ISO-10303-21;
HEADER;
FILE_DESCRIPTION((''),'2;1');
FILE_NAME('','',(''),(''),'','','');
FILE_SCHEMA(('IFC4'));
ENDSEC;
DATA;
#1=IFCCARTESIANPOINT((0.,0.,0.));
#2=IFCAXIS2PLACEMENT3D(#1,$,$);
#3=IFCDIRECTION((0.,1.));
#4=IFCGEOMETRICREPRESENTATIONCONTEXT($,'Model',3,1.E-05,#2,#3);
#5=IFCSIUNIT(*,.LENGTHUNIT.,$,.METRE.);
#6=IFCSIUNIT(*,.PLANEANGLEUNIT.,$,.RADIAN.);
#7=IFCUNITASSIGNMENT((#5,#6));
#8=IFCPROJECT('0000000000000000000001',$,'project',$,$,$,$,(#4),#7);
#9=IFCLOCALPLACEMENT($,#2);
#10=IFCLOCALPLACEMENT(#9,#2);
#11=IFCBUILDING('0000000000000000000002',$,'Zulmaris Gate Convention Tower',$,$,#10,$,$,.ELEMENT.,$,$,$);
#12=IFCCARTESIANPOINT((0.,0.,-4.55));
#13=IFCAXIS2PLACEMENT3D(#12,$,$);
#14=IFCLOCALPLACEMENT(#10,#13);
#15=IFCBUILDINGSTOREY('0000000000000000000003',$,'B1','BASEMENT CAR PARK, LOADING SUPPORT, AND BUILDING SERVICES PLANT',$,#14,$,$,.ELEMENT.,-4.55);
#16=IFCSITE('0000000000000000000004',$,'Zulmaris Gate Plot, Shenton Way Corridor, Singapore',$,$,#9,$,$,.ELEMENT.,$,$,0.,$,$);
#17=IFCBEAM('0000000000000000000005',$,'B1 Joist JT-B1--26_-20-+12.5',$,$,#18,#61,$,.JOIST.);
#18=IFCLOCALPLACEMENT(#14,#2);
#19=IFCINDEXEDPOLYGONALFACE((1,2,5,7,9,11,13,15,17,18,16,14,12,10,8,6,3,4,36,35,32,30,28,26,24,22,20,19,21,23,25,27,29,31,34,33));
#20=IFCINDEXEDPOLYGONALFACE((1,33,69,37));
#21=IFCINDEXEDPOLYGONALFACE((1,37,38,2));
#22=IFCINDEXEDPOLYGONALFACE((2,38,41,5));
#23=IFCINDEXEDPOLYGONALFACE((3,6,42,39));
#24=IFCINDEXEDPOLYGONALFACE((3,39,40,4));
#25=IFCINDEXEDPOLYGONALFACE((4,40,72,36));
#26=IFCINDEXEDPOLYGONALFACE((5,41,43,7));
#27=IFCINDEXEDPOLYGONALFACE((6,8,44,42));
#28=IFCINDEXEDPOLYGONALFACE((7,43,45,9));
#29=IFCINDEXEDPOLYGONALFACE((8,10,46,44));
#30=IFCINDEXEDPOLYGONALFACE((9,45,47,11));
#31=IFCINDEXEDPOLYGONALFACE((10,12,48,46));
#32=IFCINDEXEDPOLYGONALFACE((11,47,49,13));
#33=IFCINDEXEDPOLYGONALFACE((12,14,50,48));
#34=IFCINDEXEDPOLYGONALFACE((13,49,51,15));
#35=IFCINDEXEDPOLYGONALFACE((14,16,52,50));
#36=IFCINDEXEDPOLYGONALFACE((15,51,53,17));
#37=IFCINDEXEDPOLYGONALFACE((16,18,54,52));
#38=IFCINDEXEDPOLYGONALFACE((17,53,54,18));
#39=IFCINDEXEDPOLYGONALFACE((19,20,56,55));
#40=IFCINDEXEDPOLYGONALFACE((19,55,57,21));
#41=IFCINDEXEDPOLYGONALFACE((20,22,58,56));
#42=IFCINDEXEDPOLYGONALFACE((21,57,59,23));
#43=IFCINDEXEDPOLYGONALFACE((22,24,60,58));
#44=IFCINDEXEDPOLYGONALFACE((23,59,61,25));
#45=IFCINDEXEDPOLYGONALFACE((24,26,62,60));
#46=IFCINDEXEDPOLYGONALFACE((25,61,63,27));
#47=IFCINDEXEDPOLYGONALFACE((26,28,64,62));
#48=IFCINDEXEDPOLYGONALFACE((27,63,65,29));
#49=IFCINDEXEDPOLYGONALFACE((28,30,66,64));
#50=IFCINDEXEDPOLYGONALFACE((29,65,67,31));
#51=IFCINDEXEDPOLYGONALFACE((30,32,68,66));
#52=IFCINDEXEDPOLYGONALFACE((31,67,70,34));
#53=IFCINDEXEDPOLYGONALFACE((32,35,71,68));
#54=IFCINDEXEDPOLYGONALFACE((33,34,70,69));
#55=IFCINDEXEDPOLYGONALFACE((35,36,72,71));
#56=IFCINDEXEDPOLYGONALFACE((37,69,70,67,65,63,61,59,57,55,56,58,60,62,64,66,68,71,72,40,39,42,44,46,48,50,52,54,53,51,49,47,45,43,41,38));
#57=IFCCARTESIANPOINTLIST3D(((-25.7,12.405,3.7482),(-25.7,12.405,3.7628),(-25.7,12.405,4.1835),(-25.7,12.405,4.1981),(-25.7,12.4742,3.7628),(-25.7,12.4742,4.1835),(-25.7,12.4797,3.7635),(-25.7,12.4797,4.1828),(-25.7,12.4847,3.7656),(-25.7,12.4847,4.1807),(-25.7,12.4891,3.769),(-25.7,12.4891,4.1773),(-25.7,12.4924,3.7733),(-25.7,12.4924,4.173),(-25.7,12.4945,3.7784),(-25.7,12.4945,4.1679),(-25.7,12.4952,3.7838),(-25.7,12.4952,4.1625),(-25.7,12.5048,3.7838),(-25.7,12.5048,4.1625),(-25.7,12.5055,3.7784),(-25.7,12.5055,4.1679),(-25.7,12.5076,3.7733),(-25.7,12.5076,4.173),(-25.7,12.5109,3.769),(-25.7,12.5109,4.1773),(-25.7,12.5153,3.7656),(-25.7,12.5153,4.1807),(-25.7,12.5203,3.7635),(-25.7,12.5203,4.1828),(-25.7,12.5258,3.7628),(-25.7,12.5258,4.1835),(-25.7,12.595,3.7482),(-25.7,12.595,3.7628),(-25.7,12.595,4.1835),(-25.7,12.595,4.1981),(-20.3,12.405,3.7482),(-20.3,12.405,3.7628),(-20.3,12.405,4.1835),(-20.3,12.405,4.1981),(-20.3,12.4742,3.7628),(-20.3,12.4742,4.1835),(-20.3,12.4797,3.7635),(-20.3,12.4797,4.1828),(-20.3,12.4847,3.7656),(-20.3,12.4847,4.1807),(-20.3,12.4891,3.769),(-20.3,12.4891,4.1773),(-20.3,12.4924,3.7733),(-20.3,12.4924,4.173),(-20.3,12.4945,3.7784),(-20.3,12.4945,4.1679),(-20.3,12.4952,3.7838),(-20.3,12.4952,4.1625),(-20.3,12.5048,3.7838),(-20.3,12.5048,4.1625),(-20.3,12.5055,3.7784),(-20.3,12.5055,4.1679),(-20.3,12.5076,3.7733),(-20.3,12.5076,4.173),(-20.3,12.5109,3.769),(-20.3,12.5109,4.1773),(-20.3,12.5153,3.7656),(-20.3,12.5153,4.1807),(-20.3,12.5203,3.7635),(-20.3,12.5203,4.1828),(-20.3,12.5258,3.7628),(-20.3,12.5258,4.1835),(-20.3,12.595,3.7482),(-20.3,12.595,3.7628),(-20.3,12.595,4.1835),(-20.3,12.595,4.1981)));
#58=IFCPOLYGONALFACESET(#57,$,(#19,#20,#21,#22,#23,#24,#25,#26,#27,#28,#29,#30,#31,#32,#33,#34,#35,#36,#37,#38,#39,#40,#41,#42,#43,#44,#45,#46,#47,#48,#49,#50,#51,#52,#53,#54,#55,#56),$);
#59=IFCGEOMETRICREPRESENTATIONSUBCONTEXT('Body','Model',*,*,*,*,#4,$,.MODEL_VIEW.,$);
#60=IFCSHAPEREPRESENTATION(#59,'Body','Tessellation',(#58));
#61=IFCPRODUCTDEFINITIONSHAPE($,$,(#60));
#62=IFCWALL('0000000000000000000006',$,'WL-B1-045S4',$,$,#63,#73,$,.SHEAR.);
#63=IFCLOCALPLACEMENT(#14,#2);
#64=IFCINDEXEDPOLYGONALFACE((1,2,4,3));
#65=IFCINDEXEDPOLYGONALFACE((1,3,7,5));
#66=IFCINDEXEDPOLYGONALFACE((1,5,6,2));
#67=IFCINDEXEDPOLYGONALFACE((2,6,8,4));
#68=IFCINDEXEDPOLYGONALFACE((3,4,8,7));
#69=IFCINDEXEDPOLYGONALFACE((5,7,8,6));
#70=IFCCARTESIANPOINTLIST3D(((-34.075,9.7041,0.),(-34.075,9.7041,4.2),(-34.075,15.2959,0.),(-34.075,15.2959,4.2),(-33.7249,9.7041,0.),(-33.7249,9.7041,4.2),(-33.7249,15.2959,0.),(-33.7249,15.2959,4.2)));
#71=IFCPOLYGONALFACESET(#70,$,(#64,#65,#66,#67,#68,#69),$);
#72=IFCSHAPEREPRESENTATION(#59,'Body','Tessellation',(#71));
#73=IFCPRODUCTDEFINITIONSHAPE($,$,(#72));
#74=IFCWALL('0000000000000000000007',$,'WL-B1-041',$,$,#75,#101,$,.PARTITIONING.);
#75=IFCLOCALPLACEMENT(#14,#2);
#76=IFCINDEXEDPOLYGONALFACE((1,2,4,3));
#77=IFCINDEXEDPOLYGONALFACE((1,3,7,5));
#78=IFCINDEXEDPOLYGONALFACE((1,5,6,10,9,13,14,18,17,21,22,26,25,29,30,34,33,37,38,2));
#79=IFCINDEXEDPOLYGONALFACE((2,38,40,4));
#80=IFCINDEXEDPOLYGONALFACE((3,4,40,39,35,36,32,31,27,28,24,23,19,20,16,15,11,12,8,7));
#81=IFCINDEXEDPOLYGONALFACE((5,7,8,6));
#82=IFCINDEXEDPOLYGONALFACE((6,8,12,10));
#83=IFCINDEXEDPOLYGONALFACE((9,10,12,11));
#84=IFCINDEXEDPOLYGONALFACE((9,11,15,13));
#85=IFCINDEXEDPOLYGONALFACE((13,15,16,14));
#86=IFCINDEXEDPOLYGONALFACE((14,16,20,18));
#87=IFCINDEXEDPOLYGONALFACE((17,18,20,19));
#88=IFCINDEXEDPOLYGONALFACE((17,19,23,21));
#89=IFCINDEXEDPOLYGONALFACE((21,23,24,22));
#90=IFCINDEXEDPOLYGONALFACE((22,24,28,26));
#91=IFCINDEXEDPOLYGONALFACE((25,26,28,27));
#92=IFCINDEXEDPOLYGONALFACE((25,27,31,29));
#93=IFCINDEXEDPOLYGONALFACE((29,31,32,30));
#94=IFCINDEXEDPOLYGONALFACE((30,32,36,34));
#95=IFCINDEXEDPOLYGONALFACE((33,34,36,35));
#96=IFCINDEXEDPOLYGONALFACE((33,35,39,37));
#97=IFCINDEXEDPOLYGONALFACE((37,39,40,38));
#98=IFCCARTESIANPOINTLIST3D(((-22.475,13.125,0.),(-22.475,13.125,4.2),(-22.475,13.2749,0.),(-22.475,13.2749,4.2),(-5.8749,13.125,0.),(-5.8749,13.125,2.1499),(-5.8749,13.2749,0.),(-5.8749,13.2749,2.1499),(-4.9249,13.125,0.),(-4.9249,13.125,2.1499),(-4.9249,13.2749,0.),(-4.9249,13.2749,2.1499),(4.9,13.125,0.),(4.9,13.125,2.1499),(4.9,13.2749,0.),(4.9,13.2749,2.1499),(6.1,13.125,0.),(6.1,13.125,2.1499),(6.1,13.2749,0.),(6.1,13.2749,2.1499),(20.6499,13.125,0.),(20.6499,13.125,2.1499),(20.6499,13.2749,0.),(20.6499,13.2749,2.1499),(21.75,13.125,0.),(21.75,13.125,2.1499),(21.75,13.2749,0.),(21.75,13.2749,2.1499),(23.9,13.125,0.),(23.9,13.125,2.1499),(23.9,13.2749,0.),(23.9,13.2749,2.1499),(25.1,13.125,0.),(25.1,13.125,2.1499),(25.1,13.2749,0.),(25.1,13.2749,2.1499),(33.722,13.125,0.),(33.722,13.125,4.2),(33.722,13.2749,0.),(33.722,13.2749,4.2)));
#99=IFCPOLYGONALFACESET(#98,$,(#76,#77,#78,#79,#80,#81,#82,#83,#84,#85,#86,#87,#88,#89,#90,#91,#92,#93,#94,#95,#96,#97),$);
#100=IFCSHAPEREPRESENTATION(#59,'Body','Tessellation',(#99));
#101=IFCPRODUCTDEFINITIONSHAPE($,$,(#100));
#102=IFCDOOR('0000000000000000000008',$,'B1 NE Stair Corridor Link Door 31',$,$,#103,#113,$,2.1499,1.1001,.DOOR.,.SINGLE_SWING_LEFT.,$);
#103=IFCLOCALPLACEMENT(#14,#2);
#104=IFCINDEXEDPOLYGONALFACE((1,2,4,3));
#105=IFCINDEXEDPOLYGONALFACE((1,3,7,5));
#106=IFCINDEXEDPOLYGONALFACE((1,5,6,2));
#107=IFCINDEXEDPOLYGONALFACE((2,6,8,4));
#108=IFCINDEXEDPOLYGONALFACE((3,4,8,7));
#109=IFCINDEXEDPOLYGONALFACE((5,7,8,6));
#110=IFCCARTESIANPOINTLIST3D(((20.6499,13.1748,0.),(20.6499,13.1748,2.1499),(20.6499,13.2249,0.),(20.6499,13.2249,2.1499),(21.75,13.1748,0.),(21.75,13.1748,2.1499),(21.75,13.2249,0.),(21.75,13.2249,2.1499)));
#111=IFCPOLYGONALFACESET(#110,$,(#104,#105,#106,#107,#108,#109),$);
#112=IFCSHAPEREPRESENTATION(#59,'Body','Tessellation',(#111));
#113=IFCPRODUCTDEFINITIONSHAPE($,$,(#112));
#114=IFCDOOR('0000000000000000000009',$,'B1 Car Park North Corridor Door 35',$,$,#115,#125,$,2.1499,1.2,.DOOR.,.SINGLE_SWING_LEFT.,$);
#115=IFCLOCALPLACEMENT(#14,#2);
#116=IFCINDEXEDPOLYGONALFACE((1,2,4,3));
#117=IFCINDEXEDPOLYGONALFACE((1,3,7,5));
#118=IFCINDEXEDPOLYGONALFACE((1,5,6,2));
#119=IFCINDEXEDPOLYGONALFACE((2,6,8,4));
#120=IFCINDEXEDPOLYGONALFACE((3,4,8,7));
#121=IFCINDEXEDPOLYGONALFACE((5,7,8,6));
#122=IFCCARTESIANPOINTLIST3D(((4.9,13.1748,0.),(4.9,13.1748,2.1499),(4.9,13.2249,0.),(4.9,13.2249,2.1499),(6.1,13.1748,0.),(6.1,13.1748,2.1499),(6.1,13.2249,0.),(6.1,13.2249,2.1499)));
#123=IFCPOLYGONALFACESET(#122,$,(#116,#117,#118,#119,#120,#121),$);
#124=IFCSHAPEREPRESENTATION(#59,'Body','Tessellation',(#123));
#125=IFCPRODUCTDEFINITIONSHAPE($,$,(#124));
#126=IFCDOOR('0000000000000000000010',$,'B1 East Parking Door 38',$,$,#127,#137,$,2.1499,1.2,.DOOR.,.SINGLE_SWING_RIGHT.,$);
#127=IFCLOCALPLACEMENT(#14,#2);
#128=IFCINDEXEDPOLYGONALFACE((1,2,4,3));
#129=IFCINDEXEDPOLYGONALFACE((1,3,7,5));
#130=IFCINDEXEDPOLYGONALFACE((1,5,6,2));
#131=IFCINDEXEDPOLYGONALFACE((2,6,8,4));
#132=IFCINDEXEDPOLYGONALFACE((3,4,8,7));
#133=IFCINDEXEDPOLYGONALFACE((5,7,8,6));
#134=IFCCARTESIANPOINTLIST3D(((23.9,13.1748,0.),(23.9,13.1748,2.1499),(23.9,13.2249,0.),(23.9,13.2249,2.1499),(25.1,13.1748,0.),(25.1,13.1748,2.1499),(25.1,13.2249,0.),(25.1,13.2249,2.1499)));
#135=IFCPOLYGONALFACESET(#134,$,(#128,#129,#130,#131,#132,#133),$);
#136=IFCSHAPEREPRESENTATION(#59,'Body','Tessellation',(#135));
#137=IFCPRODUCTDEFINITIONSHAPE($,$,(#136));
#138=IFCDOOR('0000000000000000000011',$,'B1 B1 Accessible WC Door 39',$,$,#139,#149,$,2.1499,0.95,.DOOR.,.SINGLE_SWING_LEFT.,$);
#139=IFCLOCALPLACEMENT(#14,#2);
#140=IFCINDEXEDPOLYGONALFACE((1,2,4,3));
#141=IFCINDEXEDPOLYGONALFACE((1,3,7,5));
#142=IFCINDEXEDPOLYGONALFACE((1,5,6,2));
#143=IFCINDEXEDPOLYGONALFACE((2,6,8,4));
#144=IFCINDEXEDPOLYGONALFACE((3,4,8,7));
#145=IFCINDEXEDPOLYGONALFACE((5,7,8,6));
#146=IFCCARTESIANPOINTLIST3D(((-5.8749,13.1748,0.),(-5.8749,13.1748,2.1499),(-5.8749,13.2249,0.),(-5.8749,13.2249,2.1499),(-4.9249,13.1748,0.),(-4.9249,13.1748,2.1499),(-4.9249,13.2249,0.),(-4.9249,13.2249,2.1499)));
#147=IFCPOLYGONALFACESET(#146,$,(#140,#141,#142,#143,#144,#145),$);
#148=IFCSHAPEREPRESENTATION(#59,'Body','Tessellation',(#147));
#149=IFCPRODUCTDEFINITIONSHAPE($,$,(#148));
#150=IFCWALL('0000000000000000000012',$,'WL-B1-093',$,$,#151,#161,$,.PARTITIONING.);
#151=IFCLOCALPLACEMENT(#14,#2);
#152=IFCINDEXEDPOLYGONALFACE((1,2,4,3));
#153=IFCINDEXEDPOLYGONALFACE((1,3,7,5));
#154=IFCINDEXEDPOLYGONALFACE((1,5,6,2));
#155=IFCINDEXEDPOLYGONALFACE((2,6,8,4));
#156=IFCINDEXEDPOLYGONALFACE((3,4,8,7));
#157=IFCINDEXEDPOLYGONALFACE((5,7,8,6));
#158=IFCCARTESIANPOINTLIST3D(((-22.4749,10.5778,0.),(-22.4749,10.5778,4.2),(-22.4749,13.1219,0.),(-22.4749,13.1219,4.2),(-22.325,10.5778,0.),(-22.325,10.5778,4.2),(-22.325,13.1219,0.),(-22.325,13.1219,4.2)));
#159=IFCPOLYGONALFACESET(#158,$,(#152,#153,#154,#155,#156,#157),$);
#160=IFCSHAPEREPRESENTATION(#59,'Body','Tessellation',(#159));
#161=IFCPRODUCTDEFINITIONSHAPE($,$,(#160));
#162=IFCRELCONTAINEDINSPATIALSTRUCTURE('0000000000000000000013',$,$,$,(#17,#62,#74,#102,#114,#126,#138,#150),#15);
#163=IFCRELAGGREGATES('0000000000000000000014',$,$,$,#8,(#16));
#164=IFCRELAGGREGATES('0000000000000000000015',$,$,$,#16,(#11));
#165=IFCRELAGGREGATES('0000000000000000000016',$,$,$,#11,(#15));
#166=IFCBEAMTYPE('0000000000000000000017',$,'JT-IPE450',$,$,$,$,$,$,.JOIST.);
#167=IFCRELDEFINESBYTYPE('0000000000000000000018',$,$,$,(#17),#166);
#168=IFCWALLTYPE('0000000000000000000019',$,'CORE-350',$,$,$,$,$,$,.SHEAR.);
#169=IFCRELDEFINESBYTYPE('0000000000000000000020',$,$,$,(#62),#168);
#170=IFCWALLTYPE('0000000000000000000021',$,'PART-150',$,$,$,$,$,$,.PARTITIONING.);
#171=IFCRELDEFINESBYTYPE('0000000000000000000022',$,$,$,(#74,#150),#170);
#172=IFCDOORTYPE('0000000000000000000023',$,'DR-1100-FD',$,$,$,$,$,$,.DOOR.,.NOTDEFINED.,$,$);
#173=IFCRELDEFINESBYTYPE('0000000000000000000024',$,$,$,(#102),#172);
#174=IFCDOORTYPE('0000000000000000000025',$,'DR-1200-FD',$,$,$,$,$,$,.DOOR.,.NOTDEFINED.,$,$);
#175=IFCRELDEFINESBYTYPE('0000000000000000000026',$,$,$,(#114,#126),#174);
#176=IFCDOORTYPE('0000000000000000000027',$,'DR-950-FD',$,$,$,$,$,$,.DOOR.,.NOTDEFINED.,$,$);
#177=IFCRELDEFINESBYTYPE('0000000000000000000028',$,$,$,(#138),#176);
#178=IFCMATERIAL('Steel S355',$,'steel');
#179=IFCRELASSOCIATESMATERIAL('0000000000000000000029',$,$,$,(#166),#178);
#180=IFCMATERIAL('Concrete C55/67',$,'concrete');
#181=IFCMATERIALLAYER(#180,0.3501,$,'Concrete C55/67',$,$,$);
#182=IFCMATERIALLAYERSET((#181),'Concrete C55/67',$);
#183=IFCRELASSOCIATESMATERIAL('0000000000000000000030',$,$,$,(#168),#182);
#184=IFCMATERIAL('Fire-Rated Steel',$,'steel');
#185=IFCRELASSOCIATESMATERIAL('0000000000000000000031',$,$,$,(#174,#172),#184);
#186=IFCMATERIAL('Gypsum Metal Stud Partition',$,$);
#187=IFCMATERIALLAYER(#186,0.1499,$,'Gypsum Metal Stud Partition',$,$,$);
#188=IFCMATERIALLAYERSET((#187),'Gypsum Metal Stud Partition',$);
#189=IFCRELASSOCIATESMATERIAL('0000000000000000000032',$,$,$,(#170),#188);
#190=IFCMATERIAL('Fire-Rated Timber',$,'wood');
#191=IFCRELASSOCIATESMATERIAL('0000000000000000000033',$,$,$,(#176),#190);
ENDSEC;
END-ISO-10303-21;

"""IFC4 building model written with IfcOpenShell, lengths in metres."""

from ifc_helpers import new_model, si_unit, direction, frame, frame_2d, origin, origin_2d, place, context, subcontext, project, spatial, rectangle, i_section, extrude, material, layer, layer_set, material_profile, profile_set, type_object, element, fill, save


model = new_model("IFC4")

# Units and contexts
model_context = context("Model", 3, precision=1e-05, world=origin(), true_north=direction((0.0, 1.0)))
body_context = subcontext(model_context, "Body", "Model", "MODEL_VIEW")
ifc_project = project(units=[si_unit("LENGTHUNIT", "METRE"), si_unit("PLANEANGLEUNIT", "RADIAN")], contexts=[model_context])

# Site, building, storey
site_placement = place(None, origin())
site = spatial("IfcSite", under=ifc_project, at=site_placement, Name="Zulmaris Gate Plot, Shenton Way Corridor, Singapore", CompositionType="ELEMENT", RefElevation=0.0)
building_placement = place(site_placement, origin())
building = spatial("IfcBuilding", under=site, at=building_placement, Name="Zulmaris Gate Convention Tower", CompositionType="ELEMENT")
storey_placement = place(building_placement, frame((0.0, 0.0, -4.55)))
storey = spatial("IfcBuildingStorey", under=building, at=storey_placement, Name="B1", Description="BASEMENT CAR PARK, LOADING SUPPORT, AND BUILDING SERVICES PLANT", CompositionType="ELEMENT", Elevation=-4.55)

# Beam
ifc_material_1 = material(Name="Steel S355", Category="steel")
ifc_material_profile_1 = material_profile(ifc_material_1, i_section(OverallWidth=0.1899, OverallDepth=0.45, WebThickness=0.0095, FlangeThickness=0.0146, FilletRadius=0.021, at=origin_2d()), Name="IPE 450")
ifc_profile_set_1 = profile_set([ifc_material_profile_1], Name="Steel S355")
beam_type_1 = type_object("IfcBeamType", Name="JT-IPE450", PredefinedType="JOIST", material=ifc_profile_set_1)
beam_1_placement = place(storey_placement, frame((-25.7, 12.5, 3.9731), z_axis=(1.0, 0.0, 0.0), x_axis=(0.0, 1.0, 0.0)))
element("IfcBeam", 1, at=beam_1_placement, inside=storey, type_object=beam_type_1, Name="B1 Joist JT-B1--26_-20-+12.5", PredefinedType="JOIST", context=body_context, shape_type="SweptSolid", body=[
    extrude(i_section(OverallWidth=0.1899, OverallDepth=0.45, WebThickness=0.0095, FlangeThickness=0.0146, FilletRadius=0.021, at=origin_2d()), origin(), (0.0, 0.0, 1.0), 5.3999),
])

# Shared definitions
ifc_material_2 = material(Name="Concrete C55/67", Category="concrete")
ifc_layer_1 = layer(ifc_material_2, 0.3501, Name="Concrete C55/67")
ifc_layer_set_1 = layer_set([ifc_layer_1], Name="Concrete C55/67")
wall_type_1 = type_object("IfcWallType", Name="CORE-350", PredefinedType="SHEAR", material=ifc_layer_set_1)
ifc_material_3 = material(Name="Fire-Rated Steel", Category="steel")
door_type_1 = type_object("IfcDoorType", Name="DR-1200-FD", OperationType="NOTDEFINED", PredefinedType="DOOR", material=ifc_material_3)

# Wall
wall_1_placement = place(storey_placement, frame((-33.8999, 9.7041, 0.0), z_axis=(0.0, 0.0, 1.0), x_axis=(0.0, 1.0, 0.0)))
element("IfcWall", 2, at=wall_1_placement, inside=storey, type_object=wall_type_1, Name="WL-B1-045S4", PredefinedType="SHEAR", context=body_context, shape_type="SweptSolid", body=[
    extrude(rectangle(XDim=5.5918, YDim=0.3501, at=frame_2d((2.7959, 0.0))), origin(), (0.0, 0.0, 1.0), 4.2),
])

# Shared definitions
ifc_material_4 = material(Name="Gypsum Metal Stud Partition")
ifc_layer_2 = layer(ifc_material_4, 0.1499, Name="Gypsum Metal Stud Partition")
ifc_layer_set_2 = layer_set([ifc_layer_2], Name="Gypsum Metal Stud Partition")
wall_type_2 = type_object("IfcWallType", Name="PART-150", PredefinedType="PARTITIONING", material=ifc_layer_set_2)

# Wall, openings, doors
wall_2_placement = place(storey_placement, frame((-22.4751, 13.2, 0.0), z_axis=(0.0, 0.0, 1.0), x_axis=(1.0, 0.0, 0.0)))
wall_2 = element("IfcWall", 3, at=wall_2_placement, inside=storey, type_object=wall_type_2, Name="WL-B1-041", PredefinedType="PARTITIONING", context=body_context, shape_type="SweptSolid", body=[
    extrude(rectangle(XDim=56.197, YDim=0.1499, at=frame_2d((28.0986, 0.0))), origin(), (0.0, 0.0, 1.0), 4.2),
])
opening_1_placement = place(wall_2_placement, frame((43.125, 0.0, 0.0)))
opening_1 = element("IfcOpeningElement", 4, at=opening_1_placement, cuts=wall_2, PredefinedType="OPENING", context=body_context, shape_type="SweptSolid", body=[
    extrude(rectangle(XDim=1.1001, YDim=2.1499, at=frame_2d((0.55, 1.075))), frame((0.0, 0.085, 0.0), z_axis=(0.0, -1.0, 0.0), x_axis=(1.0, 0.0, 0.0)), (0.0, 0.0, 1.0), 0.1699),
])
opening_2_placement = place(wall_2_placement, frame((27.375, 0.0, 0.0)))
opening_2 = element("IfcOpeningElement", 5, at=opening_2_placement, cuts=wall_2, PredefinedType="OPENING", context=body_context, shape_type="SweptSolid", body=[
    extrude(rectangle(XDim=1.2, YDim=2.1499, at=frame_2d((0.6001, 1.075))), frame((0.0, 0.085, 0.0), z_axis=(0.0, -1.0, 0.0), x_axis=(1.0, 0.0, 0.0)), (0.0, 0.0, 1.0), 0.1699),
])
opening_3_placement = place(wall_2_placement, frame((46.375, 0.0, 0.0)))
opening_3 = element("IfcOpeningElement", 6, at=opening_3_placement, cuts=wall_2, PredefinedType="OPENING", context=body_context, shape_type="SweptSolid", body=[
    extrude(rectangle(XDim=1.2, YDim=2.1499, at=frame_2d((0.6001, 1.075))), frame((0.0, 0.085, 0.0), z_axis=(0.0, -1.0, 0.0), x_axis=(1.0, 0.0, 0.0)), (0.0, 0.0, 1.0), 0.1699),
])
opening_4_placement = place(wall_2_placement, frame((16.6001, 0.0, 0.0)))
opening_4 = element("IfcOpeningElement", 7, at=opening_4_placement, cuts=wall_2, PredefinedType="OPENING", context=body_context, shape_type="SweptSolid", body=[
    extrude(rectangle(XDim=0.95, YDim=2.1499, at=frame_2d((0.4751, 1.075))), frame((0.0, 0.085, 0.0), z_axis=(0.0, -1.0, 0.0), x_axis=(1.0, 0.0, 0.0)), (0.0, 0.0, 1.0), 0.1699),
])
door_type_2 = type_object("IfcDoorType", Name="DR-1100-FD", OperationType="NOTDEFINED", PredefinedType="DOOR", material=ifc_material_3)
door_1_placement = place(opening_1_placement, origin())
door_1 = element("IfcDoor", 8, at=door_1_placement, inside=storey, type_object=door_type_2, Name="B1 NE Stair Corridor Link Door 31", OperationType="SINGLE_SWING_LEFT", OverallHeight=2.1499, OverallWidth=1.1001, PredefinedType="DOOR", context=body_context, shape_type="SweptSolid", body=[
    extrude(rectangle(XDim=1.1001, YDim=2.1499, at=frame_2d((0.55, 1.075))), frame((0.0, 0.0249, 0.0), z_axis=(0.0, -1.0, 0.0), x_axis=(1.0, 0.0, 0.0)), (0.0, 0.0, 1.0), 0.05),
])
fill(opening_1, door_1)
door_2_placement = place(opening_2_placement, origin())
door_2 = element("IfcDoor", 9, at=door_2_placement, inside=storey, type_object=door_type_1, Name="B1 Car Park North Corridor Door 35", OperationType="SINGLE_SWING_LEFT", OverallHeight=2.1499, OverallWidth=1.2, PredefinedType="DOOR", context=body_context, shape_type="SweptSolid", body=[
    extrude(rectangle(XDim=1.2, YDim=2.1499, at=frame_2d((0.6001, 1.075))), frame((0.0, 0.0249, 0.0), z_axis=(0.0, -1.0, 0.0), x_axis=(1.0, 0.0, 0.0)), (0.0, 0.0, 1.0), 0.05),
])
fill(opening_2, door_2)
door_3_placement = place(opening_3_placement, origin())
door_3 = element("IfcDoor", 10, at=door_3_placement, inside=storey, type_object=door_type_1, Name="B1 East Parking Door 38", OperationType="SINGLE_SWING_RIGHT", OverallHeight=2.1499, OverallWidth=1.2, PredefinedType="DOOR", context=body_context, shape_type="SweptSolid", body=[
    extrude(rectangle(XDim=1.2, YDim=2.1499, at=frame_2d((0.6001, 1.075))), frame((0.0, 0.0249, 0.0), z_axis=(0.0, -1.0, 0.0), x_axis=(1.0, 0.0, 0.0)), (0.0, 0.0, 1.0), 0.05),
])
fill(opening_3, door_3)
ifc_material_5 = material(Name="Fire-Rated Timber", Category="wood")
door_type_3 = type_object("IfcDoorType", Name="DR-950-FD", OperationType="NOTDEFINED", PredefinedType="DOOR", material=ifc_material_5)
door_4_placement = place(opening_4_placement, origin())
door_4 = element("IfcDoor", 11, at=door_4_placement, inside=storey, type_object=door_type_3, Name="B1 B1 Accessible WC Door 39", OperationType="SINGLE_SWING_LEFT", OverallHeight=2.1499, OverallWidth=0.95, PredefinedType="DOOR", context=body_context, shape_type="SweptSolid", body=[
    extrude(rectangle(XDim=0.95, YDim=2.1499, at=frame_2d((0.4751, 1.075))), frame((0.0, 0.0249, 0.0), z_axis=(0.0, -1.0, 0.0), x_axis=(1.0, 0.0, 0.0)), (0.0, 0.0, 1.0), 0.05),
])
fill(opening_4, door_4)

# Wall
wall_3_placement = place(storey_placement, frame((-22.3999, 10.5779, 0.0), z_axis=(0.0, 0.0, 1.0), x_axis=(0.0, 1.0, 0.0)))
element("IfcWall", 12, at=wall_3_placement, inside=storey, type_object=wall_type_2, Name="WL-B1-093", PredefinedType="PARTITIONING", context=body_context, shape_type="SweptSolid", body=[
    extrude(rectangle(XDim=2.5442, YDim=0.1499, at=frame_2d((1.272, 0.0))), origin(), (0.0, 0.0, 1.0), 4.2),
])

save(model, "model.ifc")
